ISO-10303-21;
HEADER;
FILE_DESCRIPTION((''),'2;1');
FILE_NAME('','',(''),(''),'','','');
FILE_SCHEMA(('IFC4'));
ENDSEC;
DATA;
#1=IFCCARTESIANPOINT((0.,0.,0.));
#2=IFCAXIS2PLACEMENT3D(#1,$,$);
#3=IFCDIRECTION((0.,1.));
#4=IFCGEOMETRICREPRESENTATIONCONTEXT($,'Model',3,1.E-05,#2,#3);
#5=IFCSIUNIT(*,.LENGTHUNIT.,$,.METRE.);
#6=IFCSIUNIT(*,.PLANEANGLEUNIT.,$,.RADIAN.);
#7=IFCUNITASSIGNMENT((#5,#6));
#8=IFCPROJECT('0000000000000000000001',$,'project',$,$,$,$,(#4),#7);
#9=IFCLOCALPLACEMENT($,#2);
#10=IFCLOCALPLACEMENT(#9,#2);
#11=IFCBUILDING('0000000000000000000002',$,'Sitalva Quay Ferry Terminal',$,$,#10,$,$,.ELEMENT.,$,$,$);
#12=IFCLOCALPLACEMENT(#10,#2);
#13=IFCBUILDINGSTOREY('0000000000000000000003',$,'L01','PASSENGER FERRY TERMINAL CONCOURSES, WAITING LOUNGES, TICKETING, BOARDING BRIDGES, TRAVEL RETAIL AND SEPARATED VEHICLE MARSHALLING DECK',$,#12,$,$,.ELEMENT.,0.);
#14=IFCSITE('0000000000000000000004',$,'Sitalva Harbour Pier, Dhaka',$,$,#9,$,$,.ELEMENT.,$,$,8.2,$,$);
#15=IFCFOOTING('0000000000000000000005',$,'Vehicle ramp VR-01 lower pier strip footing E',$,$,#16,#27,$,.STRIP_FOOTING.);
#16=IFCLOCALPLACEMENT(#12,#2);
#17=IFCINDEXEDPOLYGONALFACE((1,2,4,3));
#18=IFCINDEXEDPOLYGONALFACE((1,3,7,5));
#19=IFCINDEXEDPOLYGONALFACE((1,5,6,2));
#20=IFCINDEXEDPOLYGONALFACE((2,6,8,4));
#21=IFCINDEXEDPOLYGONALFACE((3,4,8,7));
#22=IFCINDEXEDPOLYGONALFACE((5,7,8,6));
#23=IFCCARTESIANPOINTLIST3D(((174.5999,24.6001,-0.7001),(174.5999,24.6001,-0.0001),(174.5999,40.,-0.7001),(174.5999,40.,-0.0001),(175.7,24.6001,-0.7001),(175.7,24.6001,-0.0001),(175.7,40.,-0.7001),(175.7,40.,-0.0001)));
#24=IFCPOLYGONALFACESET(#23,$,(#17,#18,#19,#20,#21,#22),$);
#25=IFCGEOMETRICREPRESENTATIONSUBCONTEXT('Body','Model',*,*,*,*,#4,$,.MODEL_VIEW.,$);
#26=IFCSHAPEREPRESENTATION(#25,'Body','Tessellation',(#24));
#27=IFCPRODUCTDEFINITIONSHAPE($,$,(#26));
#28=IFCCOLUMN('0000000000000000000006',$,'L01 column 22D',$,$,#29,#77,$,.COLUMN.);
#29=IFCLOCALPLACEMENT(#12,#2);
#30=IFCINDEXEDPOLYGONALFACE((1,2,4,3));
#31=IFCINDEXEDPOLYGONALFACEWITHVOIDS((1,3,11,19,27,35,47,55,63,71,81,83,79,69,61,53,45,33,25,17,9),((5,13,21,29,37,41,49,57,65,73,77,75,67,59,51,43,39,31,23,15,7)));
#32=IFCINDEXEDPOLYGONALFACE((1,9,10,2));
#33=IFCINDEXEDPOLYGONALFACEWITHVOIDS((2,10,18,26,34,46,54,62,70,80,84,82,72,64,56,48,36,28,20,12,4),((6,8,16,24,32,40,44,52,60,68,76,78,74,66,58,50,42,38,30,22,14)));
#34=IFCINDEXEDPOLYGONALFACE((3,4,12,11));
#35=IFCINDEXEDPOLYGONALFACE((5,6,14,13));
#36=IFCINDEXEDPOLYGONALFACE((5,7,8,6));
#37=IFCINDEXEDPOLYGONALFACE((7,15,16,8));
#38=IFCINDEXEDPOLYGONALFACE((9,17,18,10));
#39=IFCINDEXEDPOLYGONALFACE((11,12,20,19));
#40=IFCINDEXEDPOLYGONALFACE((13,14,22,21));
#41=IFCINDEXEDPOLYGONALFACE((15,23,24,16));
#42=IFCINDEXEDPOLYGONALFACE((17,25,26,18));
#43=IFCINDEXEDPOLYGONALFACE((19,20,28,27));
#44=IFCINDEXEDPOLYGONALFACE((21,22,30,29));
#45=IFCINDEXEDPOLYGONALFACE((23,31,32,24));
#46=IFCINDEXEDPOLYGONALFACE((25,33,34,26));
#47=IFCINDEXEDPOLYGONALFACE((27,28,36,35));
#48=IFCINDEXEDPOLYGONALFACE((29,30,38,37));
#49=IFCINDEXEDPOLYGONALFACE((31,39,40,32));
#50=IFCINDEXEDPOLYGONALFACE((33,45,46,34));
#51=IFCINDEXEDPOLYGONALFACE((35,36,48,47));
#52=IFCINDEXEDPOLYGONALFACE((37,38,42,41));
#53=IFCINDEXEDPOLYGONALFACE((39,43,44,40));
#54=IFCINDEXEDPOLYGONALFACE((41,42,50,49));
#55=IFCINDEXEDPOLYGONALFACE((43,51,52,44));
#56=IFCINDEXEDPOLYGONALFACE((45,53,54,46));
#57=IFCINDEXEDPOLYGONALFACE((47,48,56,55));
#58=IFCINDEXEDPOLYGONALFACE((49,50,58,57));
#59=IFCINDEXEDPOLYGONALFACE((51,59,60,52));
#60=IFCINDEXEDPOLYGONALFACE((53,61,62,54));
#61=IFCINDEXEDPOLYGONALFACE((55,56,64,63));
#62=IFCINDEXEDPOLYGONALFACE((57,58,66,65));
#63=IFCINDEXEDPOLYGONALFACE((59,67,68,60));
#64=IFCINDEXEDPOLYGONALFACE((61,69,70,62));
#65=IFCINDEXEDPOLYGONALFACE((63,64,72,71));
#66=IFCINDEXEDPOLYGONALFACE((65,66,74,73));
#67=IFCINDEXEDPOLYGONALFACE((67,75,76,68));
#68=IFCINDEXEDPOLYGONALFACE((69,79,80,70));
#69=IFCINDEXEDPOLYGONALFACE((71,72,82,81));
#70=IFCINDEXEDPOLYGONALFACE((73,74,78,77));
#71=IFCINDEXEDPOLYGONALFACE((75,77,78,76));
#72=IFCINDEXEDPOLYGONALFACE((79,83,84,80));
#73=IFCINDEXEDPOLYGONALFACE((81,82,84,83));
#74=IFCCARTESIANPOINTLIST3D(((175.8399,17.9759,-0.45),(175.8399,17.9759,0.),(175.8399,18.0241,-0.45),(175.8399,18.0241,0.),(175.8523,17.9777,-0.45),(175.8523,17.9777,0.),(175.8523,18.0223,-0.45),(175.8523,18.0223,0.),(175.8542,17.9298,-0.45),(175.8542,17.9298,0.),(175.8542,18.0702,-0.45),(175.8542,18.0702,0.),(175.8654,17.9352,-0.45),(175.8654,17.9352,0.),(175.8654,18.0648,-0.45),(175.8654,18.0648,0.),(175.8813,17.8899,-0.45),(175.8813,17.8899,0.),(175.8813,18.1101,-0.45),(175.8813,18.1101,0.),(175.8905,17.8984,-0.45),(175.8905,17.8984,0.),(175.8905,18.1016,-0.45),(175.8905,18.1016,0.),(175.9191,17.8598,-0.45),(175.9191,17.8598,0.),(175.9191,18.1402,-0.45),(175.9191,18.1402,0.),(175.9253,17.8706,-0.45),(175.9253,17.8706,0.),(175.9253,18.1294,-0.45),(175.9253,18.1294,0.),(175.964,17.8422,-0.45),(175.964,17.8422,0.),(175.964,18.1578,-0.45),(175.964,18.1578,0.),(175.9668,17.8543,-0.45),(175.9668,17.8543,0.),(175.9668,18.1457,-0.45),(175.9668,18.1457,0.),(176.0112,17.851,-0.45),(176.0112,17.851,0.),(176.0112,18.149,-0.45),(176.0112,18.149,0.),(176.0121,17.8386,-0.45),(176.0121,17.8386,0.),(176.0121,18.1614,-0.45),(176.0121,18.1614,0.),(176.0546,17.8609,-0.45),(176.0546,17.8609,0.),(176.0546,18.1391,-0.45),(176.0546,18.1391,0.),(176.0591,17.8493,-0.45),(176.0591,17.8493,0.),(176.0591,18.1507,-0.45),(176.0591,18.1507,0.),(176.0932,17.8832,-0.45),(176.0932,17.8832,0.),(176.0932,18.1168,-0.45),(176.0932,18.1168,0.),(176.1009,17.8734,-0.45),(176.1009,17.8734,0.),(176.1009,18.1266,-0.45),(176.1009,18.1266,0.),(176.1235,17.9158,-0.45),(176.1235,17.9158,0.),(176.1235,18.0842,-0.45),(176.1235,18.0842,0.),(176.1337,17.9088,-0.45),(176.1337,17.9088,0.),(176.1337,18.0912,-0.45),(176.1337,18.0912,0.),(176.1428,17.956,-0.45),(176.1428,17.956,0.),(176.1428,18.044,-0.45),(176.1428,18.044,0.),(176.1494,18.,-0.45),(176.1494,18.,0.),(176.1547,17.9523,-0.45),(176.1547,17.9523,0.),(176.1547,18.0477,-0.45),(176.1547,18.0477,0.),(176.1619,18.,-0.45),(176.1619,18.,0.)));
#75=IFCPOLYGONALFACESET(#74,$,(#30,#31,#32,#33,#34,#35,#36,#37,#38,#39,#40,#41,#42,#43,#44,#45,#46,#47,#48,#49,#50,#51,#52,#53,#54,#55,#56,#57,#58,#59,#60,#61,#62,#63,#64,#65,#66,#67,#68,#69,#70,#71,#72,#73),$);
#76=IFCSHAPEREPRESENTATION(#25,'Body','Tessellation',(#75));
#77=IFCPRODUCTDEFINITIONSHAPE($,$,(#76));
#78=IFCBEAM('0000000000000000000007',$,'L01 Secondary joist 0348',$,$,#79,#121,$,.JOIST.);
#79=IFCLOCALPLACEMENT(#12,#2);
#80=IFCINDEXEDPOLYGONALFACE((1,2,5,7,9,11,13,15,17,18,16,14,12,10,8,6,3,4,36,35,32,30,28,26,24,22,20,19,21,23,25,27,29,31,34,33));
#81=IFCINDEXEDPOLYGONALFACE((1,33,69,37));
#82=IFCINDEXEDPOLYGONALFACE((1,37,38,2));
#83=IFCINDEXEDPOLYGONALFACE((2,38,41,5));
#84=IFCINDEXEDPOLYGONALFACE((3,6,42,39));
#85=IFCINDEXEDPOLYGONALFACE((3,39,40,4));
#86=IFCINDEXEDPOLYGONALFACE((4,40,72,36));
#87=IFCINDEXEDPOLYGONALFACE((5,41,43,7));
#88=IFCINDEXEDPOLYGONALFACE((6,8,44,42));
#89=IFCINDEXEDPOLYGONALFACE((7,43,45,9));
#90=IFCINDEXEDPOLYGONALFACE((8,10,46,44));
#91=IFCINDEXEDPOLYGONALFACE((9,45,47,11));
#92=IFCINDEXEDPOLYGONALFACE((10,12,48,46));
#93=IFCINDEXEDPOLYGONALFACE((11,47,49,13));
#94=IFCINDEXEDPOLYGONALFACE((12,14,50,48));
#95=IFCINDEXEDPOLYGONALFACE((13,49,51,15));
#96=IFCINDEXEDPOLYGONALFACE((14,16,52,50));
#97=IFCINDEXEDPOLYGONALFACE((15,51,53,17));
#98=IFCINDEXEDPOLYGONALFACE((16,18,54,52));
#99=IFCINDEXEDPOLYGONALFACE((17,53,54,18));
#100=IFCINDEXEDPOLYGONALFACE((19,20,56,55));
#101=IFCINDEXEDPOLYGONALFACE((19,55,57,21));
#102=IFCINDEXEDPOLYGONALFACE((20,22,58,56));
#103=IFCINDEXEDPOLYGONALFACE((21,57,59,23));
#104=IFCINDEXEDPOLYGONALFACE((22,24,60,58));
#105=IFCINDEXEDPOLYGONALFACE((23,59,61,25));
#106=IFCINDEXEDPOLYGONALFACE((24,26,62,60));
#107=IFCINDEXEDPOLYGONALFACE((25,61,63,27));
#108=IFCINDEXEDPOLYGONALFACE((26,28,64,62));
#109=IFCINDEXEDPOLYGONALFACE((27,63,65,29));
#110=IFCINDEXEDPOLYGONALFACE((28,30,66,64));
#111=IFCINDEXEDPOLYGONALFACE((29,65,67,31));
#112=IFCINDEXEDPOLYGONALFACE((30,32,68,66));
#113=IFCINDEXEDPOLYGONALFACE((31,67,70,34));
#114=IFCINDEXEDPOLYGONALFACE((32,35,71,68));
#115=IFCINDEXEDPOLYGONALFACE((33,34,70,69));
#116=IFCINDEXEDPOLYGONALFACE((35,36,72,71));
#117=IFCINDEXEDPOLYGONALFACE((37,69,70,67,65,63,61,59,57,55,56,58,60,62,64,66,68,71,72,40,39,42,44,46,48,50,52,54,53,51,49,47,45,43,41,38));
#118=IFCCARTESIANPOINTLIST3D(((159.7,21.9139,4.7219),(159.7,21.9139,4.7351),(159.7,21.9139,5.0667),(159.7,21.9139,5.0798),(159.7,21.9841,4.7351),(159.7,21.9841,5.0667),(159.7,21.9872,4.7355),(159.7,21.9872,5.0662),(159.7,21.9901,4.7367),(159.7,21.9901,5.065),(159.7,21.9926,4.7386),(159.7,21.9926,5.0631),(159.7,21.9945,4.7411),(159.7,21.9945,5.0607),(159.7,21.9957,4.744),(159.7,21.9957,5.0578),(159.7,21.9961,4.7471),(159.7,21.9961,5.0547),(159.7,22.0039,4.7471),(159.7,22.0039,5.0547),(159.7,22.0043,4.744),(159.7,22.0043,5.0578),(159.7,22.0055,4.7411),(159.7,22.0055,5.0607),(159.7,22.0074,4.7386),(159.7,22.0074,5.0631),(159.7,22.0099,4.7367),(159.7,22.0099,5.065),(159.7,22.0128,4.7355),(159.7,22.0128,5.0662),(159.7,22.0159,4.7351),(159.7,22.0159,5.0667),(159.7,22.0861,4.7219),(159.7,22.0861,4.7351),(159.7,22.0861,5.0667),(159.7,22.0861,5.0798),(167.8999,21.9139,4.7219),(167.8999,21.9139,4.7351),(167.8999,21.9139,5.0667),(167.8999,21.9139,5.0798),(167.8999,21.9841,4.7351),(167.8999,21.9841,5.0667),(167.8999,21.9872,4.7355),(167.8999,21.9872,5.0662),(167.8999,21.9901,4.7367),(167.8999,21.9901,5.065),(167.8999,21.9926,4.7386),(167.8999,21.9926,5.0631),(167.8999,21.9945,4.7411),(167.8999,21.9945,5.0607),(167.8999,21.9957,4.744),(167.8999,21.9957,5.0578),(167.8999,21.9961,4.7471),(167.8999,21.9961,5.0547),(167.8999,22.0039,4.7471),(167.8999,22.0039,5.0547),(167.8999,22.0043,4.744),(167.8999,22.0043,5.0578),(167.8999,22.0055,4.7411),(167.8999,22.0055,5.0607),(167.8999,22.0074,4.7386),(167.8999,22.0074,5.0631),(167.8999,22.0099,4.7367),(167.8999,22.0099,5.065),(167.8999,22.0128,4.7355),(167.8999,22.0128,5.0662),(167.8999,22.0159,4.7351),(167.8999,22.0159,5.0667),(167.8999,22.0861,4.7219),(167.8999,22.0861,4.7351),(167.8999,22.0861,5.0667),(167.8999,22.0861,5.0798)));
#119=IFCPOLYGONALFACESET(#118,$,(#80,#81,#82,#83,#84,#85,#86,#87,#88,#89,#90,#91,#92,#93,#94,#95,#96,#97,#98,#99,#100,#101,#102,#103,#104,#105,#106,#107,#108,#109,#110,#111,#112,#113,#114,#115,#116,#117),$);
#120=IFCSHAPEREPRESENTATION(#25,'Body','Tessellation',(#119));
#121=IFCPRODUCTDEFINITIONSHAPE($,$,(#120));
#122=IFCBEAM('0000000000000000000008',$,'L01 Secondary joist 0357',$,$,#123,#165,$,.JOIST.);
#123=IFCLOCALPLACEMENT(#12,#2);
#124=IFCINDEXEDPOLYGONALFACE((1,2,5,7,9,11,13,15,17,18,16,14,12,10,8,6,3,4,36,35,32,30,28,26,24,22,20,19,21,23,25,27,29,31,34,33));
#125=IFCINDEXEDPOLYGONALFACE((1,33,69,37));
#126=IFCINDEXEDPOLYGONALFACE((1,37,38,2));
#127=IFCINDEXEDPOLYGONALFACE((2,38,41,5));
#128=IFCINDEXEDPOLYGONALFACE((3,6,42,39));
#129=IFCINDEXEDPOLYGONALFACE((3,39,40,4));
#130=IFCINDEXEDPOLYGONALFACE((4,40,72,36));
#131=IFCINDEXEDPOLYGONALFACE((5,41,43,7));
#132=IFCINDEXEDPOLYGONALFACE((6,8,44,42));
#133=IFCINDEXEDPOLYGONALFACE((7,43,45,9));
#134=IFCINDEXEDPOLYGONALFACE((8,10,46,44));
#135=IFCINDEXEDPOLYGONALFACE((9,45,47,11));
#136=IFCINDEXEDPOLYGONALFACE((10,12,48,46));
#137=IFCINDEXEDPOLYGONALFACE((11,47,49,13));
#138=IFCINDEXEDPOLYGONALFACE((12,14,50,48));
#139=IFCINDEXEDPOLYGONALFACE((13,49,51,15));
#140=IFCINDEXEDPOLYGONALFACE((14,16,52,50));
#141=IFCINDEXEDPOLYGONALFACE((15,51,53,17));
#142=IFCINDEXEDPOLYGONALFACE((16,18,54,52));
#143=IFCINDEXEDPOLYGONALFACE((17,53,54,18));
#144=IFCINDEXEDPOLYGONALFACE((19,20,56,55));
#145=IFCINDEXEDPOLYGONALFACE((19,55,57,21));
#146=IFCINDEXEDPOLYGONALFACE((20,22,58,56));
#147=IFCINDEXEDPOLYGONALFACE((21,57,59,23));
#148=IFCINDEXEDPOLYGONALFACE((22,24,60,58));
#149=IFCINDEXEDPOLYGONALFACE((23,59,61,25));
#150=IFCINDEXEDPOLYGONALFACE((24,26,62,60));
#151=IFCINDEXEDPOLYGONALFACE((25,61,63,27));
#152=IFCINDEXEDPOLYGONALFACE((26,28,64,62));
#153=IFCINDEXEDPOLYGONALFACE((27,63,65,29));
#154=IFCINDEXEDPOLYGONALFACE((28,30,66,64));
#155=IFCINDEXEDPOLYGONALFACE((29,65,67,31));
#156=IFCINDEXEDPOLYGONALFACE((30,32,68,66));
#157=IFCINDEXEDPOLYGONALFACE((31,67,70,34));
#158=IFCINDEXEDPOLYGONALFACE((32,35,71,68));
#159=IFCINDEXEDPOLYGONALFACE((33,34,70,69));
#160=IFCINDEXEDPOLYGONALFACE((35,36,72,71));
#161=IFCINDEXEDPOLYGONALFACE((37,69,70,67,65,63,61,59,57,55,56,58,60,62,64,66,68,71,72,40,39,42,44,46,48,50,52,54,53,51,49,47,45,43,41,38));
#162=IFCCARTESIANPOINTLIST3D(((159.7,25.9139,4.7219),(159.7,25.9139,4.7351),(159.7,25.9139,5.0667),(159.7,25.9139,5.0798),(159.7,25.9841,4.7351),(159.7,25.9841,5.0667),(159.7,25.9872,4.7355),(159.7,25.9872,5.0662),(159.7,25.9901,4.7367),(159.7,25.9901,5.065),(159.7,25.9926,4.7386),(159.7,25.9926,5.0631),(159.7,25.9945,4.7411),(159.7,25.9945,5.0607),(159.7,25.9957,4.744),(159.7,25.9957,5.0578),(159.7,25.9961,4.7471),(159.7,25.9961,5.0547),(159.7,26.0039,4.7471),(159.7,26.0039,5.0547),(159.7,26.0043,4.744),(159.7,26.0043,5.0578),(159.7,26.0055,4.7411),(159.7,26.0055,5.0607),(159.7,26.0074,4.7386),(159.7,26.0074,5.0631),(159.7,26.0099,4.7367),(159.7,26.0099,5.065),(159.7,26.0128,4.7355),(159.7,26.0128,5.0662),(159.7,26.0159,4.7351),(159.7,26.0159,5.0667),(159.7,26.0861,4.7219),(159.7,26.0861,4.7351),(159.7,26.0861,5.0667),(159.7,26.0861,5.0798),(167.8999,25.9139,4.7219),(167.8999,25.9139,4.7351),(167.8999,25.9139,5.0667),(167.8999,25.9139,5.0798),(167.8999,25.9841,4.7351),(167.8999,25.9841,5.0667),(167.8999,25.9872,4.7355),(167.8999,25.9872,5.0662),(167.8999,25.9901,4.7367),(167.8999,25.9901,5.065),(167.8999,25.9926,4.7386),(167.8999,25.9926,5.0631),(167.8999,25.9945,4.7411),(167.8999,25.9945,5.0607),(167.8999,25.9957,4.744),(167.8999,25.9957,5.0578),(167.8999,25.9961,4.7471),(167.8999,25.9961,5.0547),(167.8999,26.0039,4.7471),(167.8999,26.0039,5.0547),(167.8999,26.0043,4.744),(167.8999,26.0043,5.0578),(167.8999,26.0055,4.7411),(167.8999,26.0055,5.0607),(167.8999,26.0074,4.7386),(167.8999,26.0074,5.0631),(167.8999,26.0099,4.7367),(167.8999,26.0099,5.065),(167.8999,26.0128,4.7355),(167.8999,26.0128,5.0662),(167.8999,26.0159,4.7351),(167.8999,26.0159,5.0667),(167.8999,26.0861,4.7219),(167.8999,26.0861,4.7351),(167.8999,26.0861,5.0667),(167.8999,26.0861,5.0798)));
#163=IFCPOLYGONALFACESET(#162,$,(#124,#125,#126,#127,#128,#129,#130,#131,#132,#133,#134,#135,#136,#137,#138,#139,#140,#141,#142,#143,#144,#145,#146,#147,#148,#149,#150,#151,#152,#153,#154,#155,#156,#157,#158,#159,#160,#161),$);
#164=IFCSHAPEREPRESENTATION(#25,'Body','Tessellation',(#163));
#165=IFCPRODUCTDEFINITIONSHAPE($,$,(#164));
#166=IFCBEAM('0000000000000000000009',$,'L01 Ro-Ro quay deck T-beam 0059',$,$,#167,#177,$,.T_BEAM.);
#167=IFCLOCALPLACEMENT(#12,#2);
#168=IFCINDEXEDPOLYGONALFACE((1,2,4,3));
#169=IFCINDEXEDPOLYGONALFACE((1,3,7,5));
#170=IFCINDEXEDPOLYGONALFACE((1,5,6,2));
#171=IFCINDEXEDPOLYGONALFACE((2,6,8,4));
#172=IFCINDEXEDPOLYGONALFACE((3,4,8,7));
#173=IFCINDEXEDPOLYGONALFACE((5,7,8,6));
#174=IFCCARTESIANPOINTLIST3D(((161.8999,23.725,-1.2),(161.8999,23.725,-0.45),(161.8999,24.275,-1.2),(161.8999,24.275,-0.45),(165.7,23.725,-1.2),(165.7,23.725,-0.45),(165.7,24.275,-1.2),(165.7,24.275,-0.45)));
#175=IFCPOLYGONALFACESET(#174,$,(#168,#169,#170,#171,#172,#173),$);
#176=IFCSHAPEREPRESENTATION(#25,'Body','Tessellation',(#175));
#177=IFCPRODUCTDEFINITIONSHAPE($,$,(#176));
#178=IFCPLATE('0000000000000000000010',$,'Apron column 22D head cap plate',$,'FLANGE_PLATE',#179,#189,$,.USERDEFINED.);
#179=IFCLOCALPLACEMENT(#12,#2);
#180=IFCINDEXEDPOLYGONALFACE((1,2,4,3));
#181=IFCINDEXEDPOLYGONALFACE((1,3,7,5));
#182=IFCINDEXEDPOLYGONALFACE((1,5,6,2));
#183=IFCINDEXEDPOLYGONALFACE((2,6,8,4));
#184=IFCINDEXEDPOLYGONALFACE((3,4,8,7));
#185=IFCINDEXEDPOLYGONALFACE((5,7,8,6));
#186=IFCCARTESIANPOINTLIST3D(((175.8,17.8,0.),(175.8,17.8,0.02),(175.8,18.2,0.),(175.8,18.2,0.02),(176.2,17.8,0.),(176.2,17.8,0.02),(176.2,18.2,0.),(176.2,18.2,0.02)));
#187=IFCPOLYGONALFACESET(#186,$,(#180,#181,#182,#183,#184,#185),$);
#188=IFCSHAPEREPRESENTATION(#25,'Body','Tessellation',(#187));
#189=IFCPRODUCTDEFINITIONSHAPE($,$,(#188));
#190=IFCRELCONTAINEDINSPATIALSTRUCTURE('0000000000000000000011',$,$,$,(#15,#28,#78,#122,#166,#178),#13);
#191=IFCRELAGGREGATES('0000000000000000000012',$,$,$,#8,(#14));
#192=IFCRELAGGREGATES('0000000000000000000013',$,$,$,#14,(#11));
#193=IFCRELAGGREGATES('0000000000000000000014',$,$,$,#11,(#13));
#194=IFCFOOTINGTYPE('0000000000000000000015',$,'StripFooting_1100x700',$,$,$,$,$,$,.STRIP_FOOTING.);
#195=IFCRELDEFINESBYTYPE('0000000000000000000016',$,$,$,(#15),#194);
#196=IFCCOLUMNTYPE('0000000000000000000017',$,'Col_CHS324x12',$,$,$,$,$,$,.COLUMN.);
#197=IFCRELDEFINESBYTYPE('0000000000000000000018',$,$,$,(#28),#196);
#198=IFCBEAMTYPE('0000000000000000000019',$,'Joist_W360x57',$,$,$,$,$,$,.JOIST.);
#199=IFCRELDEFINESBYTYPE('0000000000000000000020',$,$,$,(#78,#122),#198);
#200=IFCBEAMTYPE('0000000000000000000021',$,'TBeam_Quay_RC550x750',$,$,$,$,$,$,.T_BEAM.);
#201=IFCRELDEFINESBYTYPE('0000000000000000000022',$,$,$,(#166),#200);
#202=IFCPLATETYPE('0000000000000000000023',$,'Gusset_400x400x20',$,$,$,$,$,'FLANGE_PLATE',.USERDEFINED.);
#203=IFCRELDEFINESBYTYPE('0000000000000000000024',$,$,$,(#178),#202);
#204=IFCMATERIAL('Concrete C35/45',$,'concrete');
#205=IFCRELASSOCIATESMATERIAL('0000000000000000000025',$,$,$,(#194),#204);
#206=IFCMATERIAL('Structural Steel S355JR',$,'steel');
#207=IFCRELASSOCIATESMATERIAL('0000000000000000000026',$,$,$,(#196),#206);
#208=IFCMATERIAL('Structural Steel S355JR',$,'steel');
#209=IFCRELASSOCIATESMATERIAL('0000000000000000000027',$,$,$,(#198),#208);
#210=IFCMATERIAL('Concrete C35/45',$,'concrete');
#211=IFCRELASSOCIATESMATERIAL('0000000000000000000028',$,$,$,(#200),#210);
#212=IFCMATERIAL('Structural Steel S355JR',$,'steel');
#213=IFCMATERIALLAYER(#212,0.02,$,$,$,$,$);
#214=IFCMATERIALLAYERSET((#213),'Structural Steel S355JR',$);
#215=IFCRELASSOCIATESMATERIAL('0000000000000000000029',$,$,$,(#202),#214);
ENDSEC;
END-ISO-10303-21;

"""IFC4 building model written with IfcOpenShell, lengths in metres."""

from ifc_helpers import new_model, si_unit, direction, frame, origin, origin_2d, place, context, subcontext, project, spatial, rectangle, hollow_circle, i_section, extrude, material, layer, layer_set, material_profile, profile_set, type_object, element, save


model = new_model("IFC4")

# Units and contexts
model_context = context("Model", 3, precision=1e-05, world=origin(), true_north=direction((0.0, 1.0)))
body_context = subcontext(model_context, "Body", "Model", "MODEL_VIEW")
ifc_project = project(units=[si_unit("LENGTHUNIT", "METRE"), si_unit("PLANEANGLEUNIT", "RADIAN")], contexts=[model_context])

# Site, building, storey
site_placement = place(None, origin())
site = spatial("IfcSite", under=ifc_project, at=site_placement, Name="Sitalva Harbour Pier, Dhaka", CompositionType="ELEMENT", RefElevation=8.2)
building_placement = place(site_placement, origin())
building = spatial("IfcBuilding", under=site, at=building_placement, Name="Sitalva Quay Ferry Terminal", CompositionType="ELEMENT")
storey_placement = place(building_placement, origin())
storey = spatial("IfcBuildingStorey", under=building, at=storey_placement, Name="L01", Description="PASSENGER FERRY TERMINAL CONCOURSES, WAITING LOUNGES, TICKETING, BOARDING BRIDGES, TRAVEL RETAIL AND SEPARATED VEHICLE MARSHALLING DECK", CompositionType="ELEMENT", Elevation=0.0)

# Footing
ifc_material_1 = material(Name="Concrete C35/45", Category="concrete")
ifc_material_profile_1 = material_profile(ifc_material_1, rectangle(XDim=1.1001, YDim=0.7, at=origin_2d()), Name="RC1100x700")
ifc_profile_set_1 = profile_set([ifc_material_profile_1], Name="Concrete C35/45")
footing_type_1 = type_object("IfcFootingType", Name="StripFooting_1100x700", PredefinedType="STRIP_FOOTING", material=ifc_profile_set_1)
for number, where, z_axis, x_axis, name in (
    (1, (175.1499, 24.6001, -0.3501), (0.0, 1.0, 0.0), (-1.0, 0.0, 0.0), "Vehicle ramp VR-01 lower pier strip footing E"),
):
    element("IfcFooting", number, at=place(storey_placement, frame(where, z_axis=z_axis, x_axis=x_axis)), inside=storey, type_object=footing_type_1, Name=name, PredefinedType="STRIP_FOOTING", context=body_context, shape_type="SweptSolid", body=[
        extrude(rectangle(XDim=1.1001, YDim=0.7, at=origin_2d()), origin(), (0.0, 0.0, 1.0), 15.3999),
    ])

# Column
ifc_material_2 = material(Name="Structural Steel S355JR", Category="steel")
ifc_material_profile_2 = material_profile(ifc_material_2, hollow_circle(Radius=0.1619, WallThickness=0.0125, at=origin_2d()), Name="CHS324x12.5")
ifc_profile_set_2 = profile_set([ifc_material_profile_2], Name="Structural Steel S355JR")
column_type = type_object("IfcColumnType", Name="Col_CHS324x12", PredefinedType="COLUMN", material=ifc_profile_set_2)
column_placement = place(storey_placement, frame((176.0, 18.0, -0.45), z_axis=(0.0, 0.0, 1.0), x_axis=(1.0, 0.0, 0.0)))
element("IfcColumn", 2, at=column_placement, inside=storey, type_object=column_type, Name="L01 column 22D", PredefinedType="COLUMN", context=body_context, shape_type="SweptSolid", body=[
    extrude(hollow_circle(Radius=0.1619, WallThickness=0.0125, at=origin_2d()), origin(), (0.0, 0.0, 1.0), 0.45),
])

# Beams
ifc_material_3 = material(Name="Structural Steel S355JR", Category="steel")
ifc_material_profile_3 = material_profile(ifc_material_3, i_section(OverallWidth=0.1721, OverallDepth=0.3579, WebThickness=0.0078, FlangeThickness=0.0132, FilletRadius=0.012, at=origin_2d()), Name="W360x57")
ifc_profile_set_3 = profile_set([ifc_material_profile_3], Name="Structural Steel S355JR")
beam_type_1 = type_object("IfcBeamType", Name="Joist_W360x57", PredefinedType="JOIST", material=ifc_profile_set_3)
for number, where, z_axis, x_axis, name in (
    (3, (159.7, 22.0, 4.9009), (1.0, 0.0, 0.0), (0.0, 1.0, 0.0), "L01 Secondary joist 0348"),
    (4, (159.7, 26.0, 4.9009), (1.0, 0.0, 0.0), (0.0, 1.0, 0.0), "L01 Secondary joist 0357"),
):
    element("IfcBeam", number, at=place(storey_placement, frame(where, z_axis=z_axis, x_axis=x_axis)), inside=storey, type_object=beam_type_1, Name=name, PredefinedType="JOIST", context=body_context, shape_type="SweptSolid", body=[
        extrude(i_section(OverallWidth=0.1721, OverallDepth=0.3579, WebThickness=0.0078, FlangeThickness=0.0132, FilletRadius=0.012, at=origin_2d()), origin(), (0.0, 0.0, 1.0), 8.2),
    ])
ifc_material_4 = material(Name="Concrete C35/45", Category="concrete")
ifc_material_profile_4 = material_profile(ifc_material_4, rectangle(XDim=0.55, YDim=0.75, at=origin_2d()), Name="RC550x750")
ifc_profile_set_4 = profile_set([ifc_material_profile_4], Name="Concrete C35/45")
beam_type_2 = type_object("IfcBeamType", Name="TBeam_Quay_RC550x750", PredefinedType="T_BEAM", material=ifc_profile_set_4)
beam_placement = place(storey_placement, frame((161.8999, 24.0, -0.825), z_axis=(1.0, 0.0, 0.0), x_axis=(0.0, 1.0, 0.0)))
element("IfcBeam", 5, at=beam_placement, inside=storey, type_object=beam_type_2, Name="L01 Ro-Ro quay deck T-beam 0059", PredefinedType="T_BEAM", context=body_context, shape_type="SweptSolid", body=[
    extrude(rectangle(XDim=0.55, YDim=0.75, at=origin_2d()), origin(), (0.0, 0.0, 1.0), 3.8),
])

# Plate
ifc_material_5 = material(Name="Structural Steel S355JR", Category="steel")
ifc_layer_1 = layer(ifc_material_5, 0.02)
ifc_layer_set_1 = layer_set([ifc_layer_1], Name="Structural Steel S355JR")
plate_type = type_object("IfcPlateType", Name="Gusset_400x400x20", ElementType="FLANGE_PLATE", PredefinedType="USERDEFINED", material=ifc_layer_set_1)
plate_placement = place(storey_placement, frame((176.0, 18.0, 0.0), z_axis=(0.0, 0.0, 1.0), x_axis=(1.0, 0.0, 0.0)))
element("IfcPlate", 6, at=plate_placement, inside=storey, type_object=plate_type, Name="Apron column 22D head cap plate", ObjectType="FLANGE_PLATE", PredefinedType="USERDEFINED", context=body_context, shape_type="SweptSolid", body=[
    extrude(rectangle(XDim=0.3999, YDim=0.3999, at=origin_2d()), origin(), (0.0, 0.0, 1.0), 0.02),
])

save(model, "model.ifc")
